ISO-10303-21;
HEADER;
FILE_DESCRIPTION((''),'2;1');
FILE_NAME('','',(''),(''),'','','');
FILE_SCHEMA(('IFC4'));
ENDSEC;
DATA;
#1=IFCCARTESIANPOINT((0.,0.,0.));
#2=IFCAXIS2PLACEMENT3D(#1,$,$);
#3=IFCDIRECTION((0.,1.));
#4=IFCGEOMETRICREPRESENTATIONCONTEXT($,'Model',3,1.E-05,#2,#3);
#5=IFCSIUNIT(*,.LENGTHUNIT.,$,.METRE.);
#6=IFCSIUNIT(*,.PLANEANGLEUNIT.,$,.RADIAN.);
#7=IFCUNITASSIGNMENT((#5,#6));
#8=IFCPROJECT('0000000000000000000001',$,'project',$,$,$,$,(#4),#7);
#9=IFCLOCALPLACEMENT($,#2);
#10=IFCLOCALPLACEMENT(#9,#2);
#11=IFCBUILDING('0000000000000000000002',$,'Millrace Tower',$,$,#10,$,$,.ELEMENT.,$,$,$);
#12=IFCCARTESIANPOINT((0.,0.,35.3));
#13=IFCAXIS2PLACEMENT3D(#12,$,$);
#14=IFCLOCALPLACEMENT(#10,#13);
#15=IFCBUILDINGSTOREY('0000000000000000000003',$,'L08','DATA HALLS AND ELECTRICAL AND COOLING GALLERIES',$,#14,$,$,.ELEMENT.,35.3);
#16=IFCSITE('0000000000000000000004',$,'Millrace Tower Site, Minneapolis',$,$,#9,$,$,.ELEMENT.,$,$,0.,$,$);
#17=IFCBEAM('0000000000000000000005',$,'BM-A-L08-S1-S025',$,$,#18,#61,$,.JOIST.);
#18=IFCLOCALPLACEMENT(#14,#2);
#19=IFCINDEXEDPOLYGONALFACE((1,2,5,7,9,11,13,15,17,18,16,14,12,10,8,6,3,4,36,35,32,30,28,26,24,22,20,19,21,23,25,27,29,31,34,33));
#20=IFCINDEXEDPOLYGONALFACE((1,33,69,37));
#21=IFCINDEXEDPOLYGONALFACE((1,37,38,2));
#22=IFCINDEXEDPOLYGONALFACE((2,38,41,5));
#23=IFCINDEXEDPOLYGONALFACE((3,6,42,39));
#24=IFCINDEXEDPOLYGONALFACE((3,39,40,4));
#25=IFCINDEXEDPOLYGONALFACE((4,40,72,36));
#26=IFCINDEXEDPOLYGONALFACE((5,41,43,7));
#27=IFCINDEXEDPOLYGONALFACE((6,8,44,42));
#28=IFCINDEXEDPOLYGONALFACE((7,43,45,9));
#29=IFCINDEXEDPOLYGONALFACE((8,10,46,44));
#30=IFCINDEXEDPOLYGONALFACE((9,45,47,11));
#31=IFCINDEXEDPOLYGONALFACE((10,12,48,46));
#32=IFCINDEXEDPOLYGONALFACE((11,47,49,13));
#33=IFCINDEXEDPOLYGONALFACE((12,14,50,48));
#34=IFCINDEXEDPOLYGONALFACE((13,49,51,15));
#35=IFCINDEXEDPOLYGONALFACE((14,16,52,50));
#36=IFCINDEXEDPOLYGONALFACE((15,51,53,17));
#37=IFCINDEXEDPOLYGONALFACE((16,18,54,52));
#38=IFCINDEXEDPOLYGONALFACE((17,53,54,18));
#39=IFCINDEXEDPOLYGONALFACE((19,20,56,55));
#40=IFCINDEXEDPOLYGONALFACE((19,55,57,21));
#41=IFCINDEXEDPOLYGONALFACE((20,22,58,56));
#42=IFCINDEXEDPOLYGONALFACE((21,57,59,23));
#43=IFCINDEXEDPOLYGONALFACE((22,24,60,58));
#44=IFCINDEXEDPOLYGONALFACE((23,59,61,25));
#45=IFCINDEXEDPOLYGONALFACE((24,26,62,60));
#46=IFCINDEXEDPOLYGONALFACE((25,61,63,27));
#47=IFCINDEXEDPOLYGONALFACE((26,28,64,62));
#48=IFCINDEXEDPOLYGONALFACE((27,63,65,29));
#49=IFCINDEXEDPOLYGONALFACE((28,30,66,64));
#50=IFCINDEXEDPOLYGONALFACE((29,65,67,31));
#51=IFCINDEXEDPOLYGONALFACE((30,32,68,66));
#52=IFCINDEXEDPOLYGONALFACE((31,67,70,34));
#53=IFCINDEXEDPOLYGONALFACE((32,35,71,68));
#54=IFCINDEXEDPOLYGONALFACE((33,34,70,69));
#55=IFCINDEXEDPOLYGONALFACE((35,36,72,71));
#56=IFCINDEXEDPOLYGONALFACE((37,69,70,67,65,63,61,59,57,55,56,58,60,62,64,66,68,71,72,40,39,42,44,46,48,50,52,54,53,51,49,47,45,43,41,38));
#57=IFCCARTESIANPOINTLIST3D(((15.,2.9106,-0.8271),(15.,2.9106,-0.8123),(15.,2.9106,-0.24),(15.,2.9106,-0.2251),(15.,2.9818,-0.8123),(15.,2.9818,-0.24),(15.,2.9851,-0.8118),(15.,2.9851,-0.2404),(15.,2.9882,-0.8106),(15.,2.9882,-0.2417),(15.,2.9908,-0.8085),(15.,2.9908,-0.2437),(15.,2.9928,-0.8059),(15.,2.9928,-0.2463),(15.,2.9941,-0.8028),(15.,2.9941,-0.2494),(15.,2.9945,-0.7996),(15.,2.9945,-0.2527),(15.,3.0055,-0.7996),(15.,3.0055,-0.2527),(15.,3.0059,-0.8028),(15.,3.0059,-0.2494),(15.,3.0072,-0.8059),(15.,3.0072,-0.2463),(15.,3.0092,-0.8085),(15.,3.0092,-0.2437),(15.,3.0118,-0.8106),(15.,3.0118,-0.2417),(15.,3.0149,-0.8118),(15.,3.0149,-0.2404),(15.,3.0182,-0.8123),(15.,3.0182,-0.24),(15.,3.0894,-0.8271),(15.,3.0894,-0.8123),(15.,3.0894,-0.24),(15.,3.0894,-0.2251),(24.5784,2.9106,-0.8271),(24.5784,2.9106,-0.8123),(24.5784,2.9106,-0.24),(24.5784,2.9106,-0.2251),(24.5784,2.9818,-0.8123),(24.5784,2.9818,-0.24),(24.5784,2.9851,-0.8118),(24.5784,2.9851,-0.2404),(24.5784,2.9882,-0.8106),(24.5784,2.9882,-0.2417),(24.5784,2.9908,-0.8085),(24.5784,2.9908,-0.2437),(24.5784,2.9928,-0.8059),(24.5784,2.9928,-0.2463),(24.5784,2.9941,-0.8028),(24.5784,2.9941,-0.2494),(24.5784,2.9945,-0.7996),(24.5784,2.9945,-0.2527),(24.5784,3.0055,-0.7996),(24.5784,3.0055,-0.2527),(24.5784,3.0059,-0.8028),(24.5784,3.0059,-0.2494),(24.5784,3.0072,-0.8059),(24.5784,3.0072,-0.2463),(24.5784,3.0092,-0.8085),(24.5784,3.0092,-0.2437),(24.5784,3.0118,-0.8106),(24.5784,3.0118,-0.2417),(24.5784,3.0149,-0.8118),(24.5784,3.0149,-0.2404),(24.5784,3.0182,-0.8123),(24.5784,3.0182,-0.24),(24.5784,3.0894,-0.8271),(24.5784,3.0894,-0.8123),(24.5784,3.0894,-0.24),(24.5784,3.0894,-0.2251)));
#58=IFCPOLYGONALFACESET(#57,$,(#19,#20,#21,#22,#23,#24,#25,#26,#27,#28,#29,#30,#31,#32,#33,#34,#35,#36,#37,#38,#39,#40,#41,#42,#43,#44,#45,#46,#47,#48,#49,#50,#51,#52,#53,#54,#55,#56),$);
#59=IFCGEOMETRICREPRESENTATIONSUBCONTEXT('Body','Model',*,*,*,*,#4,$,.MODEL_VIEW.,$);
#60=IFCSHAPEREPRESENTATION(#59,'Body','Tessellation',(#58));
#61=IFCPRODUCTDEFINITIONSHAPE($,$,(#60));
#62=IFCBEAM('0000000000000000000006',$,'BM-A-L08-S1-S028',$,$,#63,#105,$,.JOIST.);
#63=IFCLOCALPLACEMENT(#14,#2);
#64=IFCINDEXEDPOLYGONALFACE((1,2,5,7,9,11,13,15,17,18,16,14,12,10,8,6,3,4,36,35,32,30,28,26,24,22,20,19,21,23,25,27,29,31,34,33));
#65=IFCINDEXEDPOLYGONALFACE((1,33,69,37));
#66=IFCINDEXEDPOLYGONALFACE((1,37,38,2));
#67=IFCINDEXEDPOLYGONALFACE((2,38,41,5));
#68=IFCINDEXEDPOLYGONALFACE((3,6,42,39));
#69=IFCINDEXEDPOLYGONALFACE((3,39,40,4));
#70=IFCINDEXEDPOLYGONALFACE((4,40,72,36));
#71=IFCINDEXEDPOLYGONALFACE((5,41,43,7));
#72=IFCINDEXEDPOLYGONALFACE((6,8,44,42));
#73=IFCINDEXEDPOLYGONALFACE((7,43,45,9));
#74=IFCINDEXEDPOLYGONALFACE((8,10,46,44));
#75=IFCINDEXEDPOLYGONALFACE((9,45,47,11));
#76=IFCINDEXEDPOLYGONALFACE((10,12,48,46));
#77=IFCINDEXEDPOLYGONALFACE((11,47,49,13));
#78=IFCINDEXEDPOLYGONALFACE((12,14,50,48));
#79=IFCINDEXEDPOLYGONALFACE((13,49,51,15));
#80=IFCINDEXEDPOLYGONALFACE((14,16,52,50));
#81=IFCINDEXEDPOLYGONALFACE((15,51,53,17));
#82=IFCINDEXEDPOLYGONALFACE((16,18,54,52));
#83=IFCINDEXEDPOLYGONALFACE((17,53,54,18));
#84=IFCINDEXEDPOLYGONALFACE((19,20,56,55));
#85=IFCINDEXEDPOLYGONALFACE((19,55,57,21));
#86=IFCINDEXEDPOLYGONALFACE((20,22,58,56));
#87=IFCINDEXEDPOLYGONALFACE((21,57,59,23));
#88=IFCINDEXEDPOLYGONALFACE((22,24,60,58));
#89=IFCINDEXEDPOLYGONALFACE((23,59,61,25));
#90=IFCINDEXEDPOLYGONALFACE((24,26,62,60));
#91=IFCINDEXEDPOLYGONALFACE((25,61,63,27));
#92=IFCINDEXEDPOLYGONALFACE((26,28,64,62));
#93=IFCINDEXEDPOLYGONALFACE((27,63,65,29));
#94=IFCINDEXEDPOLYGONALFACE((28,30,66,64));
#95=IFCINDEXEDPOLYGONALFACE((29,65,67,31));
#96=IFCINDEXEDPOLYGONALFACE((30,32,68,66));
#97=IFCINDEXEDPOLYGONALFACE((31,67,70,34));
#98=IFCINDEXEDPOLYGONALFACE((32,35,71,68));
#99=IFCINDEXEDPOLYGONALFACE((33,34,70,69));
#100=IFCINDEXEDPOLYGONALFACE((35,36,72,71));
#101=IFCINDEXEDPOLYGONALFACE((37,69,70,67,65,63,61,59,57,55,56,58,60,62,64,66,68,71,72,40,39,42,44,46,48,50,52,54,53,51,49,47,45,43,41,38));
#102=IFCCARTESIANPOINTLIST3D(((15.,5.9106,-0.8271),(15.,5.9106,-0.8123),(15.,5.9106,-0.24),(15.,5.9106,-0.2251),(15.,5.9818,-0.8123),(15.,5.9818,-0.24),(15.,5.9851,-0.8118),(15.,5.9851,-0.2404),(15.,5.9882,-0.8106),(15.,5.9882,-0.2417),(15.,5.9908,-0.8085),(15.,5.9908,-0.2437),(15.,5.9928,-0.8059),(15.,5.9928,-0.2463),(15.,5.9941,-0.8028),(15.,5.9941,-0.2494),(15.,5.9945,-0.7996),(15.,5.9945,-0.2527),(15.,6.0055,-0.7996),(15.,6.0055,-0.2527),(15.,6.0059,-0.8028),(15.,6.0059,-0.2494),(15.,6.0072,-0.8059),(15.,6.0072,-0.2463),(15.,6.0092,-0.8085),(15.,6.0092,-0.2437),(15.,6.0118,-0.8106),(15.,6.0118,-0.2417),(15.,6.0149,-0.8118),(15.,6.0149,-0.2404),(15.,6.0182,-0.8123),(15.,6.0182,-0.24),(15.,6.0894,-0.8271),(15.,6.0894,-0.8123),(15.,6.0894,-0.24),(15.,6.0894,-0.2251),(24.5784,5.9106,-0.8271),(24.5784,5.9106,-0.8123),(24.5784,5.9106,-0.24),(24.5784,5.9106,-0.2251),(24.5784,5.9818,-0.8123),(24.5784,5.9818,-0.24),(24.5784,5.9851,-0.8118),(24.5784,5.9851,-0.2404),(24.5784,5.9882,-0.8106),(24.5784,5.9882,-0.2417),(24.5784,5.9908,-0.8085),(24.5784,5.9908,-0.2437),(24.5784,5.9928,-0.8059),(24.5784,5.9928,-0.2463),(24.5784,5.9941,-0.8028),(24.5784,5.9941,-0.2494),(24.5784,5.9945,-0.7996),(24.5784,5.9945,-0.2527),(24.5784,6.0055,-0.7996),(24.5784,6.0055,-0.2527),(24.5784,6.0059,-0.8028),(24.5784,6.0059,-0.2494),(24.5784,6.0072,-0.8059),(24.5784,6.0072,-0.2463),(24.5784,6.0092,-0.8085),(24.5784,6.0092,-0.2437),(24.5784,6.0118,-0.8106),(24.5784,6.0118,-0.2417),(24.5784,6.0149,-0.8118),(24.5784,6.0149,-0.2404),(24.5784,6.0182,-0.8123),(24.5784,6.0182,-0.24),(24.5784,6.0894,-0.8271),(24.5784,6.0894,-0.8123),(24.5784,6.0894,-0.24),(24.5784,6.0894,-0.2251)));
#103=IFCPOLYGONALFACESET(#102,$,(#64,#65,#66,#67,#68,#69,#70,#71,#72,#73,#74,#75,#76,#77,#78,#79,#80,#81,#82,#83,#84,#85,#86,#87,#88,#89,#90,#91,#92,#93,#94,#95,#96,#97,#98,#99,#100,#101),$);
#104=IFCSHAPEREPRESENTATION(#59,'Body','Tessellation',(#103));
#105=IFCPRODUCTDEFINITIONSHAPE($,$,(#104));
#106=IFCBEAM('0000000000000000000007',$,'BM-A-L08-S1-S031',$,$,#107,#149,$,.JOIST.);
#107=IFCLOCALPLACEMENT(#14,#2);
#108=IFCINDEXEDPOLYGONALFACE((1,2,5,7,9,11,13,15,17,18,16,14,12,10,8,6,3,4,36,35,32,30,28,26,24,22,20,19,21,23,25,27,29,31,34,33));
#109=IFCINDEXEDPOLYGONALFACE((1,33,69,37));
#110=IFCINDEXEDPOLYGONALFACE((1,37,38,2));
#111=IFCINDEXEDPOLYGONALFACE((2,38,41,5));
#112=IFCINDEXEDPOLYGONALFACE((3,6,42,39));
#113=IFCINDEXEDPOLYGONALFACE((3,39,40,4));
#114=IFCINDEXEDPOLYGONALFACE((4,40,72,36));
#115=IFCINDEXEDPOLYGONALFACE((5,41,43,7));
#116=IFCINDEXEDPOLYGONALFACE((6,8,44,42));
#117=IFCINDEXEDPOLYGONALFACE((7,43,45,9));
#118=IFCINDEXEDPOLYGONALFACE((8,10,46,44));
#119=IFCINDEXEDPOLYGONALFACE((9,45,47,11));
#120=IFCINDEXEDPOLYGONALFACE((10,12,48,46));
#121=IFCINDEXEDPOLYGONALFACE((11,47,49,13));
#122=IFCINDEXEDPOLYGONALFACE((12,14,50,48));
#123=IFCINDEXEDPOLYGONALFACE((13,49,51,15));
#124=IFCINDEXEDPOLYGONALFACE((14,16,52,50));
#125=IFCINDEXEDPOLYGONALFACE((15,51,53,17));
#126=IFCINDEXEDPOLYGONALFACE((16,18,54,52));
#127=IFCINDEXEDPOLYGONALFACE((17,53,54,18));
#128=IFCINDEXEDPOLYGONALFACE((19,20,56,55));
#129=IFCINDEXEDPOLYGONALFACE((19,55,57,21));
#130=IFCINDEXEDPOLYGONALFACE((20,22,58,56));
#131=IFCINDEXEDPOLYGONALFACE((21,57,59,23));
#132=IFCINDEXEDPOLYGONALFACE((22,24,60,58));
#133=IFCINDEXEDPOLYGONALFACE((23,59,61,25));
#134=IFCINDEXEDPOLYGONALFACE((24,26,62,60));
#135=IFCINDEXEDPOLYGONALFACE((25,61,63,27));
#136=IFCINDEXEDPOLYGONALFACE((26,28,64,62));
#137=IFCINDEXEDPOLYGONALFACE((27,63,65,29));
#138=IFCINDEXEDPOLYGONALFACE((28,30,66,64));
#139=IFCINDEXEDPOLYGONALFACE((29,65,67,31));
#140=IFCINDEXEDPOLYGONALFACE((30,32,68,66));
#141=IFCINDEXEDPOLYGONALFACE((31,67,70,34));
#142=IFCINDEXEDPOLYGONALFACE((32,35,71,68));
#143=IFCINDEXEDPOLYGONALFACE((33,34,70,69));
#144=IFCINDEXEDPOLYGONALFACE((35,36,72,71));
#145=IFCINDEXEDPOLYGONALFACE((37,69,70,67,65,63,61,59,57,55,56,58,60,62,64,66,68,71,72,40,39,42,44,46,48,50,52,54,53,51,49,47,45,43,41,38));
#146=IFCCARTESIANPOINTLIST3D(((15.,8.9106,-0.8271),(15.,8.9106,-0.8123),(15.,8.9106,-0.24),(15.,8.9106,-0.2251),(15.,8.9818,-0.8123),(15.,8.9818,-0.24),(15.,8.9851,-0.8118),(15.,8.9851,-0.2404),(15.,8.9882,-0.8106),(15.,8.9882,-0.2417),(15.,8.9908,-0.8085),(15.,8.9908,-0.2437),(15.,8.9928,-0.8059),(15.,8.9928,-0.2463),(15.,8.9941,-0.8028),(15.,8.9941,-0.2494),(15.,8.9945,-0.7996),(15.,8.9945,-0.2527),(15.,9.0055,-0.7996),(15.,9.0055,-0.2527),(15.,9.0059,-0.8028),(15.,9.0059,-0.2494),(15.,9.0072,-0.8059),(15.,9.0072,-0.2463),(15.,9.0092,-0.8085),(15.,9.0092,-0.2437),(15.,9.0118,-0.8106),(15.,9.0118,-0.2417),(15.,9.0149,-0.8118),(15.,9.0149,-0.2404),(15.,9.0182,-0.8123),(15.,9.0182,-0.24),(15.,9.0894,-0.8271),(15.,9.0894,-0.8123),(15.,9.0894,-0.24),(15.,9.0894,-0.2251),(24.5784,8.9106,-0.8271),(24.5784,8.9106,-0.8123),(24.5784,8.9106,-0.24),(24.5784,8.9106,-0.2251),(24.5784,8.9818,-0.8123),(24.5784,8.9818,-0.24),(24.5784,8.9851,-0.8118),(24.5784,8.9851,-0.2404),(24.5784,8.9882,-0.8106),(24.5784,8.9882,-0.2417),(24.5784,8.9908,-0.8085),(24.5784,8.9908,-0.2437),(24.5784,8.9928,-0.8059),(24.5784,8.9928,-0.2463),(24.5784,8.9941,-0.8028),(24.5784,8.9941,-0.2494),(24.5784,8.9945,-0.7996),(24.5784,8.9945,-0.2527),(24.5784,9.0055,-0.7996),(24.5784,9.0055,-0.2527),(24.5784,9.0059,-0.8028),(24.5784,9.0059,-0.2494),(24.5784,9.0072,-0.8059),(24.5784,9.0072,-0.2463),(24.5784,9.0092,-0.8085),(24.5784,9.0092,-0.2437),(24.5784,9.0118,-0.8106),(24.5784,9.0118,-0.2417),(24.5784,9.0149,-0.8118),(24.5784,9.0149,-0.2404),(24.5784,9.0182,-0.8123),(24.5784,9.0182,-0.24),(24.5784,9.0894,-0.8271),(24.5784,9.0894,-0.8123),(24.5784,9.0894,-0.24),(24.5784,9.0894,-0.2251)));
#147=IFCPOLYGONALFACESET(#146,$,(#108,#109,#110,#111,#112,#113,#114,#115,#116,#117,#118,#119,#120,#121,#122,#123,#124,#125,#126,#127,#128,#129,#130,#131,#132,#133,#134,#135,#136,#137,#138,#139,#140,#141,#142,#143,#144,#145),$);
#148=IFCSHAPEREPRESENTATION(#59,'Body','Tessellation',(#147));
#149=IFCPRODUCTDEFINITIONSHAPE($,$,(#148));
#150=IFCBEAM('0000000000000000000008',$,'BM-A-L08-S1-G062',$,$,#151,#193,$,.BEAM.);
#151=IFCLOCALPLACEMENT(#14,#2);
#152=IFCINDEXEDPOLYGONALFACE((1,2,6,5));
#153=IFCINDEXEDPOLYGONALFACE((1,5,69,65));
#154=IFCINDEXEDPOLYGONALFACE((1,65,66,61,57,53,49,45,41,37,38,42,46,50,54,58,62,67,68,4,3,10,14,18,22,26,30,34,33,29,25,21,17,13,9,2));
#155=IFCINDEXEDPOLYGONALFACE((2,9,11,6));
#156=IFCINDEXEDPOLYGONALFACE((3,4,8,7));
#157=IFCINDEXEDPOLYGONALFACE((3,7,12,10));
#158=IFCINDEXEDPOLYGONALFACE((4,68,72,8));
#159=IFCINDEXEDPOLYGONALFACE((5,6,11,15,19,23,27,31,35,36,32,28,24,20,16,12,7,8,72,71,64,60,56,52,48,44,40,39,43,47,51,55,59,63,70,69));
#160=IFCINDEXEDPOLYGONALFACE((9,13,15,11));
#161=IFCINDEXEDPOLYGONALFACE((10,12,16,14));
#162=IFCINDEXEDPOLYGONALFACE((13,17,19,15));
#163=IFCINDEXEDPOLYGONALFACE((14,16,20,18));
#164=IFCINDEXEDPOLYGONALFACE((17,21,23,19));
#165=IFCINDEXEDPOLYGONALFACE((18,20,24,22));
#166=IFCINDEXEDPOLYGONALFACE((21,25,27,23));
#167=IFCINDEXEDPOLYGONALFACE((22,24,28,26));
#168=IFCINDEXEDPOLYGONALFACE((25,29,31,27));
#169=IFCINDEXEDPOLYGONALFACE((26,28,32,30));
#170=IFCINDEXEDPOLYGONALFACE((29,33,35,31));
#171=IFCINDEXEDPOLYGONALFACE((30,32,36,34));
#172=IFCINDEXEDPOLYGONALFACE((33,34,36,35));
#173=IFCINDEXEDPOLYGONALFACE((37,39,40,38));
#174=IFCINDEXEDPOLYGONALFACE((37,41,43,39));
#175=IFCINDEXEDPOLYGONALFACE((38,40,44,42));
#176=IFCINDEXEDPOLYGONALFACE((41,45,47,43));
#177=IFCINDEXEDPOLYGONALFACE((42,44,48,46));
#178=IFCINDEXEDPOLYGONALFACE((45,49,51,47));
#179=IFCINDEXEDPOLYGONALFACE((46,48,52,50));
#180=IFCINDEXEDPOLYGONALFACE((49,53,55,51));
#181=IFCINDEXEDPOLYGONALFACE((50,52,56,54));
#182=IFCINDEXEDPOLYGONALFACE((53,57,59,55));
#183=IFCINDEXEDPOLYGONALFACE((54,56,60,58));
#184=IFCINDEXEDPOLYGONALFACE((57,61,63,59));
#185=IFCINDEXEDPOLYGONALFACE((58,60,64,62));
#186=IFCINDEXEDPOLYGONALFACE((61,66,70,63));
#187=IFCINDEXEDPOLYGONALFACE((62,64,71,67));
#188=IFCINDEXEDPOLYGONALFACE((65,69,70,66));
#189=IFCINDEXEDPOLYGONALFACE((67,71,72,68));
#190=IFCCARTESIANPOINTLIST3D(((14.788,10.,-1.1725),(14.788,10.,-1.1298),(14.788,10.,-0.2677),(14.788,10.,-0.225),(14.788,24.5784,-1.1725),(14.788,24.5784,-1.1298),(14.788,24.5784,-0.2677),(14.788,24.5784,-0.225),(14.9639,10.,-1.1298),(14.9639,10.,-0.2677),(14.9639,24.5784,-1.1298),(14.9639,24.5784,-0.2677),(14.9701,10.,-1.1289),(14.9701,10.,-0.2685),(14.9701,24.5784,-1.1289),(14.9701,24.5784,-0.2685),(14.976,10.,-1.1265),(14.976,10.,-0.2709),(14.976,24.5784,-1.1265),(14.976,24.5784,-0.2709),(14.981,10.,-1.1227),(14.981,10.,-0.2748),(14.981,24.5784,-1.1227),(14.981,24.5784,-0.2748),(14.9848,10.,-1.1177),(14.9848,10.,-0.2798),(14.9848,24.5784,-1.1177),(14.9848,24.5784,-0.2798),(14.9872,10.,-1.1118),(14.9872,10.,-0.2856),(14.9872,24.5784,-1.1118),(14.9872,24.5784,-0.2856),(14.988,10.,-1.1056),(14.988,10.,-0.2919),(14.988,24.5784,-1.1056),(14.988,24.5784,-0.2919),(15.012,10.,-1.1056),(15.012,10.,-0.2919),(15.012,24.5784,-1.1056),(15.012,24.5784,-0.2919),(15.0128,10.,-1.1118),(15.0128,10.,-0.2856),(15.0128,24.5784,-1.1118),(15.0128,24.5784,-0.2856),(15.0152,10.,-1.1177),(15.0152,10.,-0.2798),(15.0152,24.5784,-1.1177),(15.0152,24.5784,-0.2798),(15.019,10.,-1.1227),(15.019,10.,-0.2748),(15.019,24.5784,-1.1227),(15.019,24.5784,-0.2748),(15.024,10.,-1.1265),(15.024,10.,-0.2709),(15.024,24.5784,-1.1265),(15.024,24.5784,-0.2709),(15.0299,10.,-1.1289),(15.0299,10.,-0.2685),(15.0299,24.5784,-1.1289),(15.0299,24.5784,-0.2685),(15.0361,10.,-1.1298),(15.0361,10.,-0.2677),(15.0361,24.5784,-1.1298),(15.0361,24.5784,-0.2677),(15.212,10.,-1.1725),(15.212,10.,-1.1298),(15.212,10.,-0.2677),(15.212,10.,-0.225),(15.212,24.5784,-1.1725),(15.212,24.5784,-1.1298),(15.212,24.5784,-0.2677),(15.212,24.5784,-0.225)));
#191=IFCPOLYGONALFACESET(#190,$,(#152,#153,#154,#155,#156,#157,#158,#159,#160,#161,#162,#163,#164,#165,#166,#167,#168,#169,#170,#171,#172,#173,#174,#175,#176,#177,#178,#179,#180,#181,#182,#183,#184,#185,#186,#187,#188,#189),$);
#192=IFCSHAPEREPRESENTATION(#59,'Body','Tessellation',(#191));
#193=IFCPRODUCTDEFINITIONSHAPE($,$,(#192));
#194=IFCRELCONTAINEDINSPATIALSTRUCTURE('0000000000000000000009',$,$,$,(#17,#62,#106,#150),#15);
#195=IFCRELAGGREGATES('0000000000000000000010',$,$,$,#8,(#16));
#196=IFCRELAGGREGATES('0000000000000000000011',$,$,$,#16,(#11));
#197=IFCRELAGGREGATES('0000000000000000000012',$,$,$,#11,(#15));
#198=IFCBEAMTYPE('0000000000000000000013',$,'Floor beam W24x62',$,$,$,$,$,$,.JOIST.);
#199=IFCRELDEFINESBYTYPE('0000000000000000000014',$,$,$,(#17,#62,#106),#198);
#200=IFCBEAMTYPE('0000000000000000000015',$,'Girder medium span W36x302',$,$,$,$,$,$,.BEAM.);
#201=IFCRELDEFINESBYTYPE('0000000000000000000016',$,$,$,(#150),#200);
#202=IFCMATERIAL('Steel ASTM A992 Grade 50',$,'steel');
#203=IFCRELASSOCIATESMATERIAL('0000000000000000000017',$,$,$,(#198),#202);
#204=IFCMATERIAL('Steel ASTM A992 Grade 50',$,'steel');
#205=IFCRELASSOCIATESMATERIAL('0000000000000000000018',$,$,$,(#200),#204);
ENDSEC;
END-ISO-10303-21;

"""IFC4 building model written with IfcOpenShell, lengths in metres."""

from ifc_helpers import new_model, si_unit, direction, frame, origin, origin_2d, place, context, subcontext, project, spatial, i_section, extrude, material, material_profile, profile_set, type_object, element, save


model = new_model("IFC4")

# Units and contexts
model_context = context("Model", 3, precision=1e-05, world=origin(), true_north=direction((0.0, 1.0)))
body_context = subcontext(model_context, "Body", "Model", "MODEL_VIEW")
ifc_project = project(units=[si_unit("LENGTHUNIT", "METRE"), si_unit("PLANEANGLEUNIT", "RADIAN")], contexts=[model_context])

# Site, building, storey
site_placement = place(None, origin())
site = spatial("IfcSite", under=ifc_project, at=site_placement, Name="Millrace Tower Site, Minneapolis", CompositionType="ELEMENT", RefElevation=0.0)
building_placement = place(site_placement, origin())
building = spatial("IfcBuilding", under=site, at=building_placement, Name="Millrace Tower", CompositionType="ELEMENT")
storey_placement = place(building_placement, frame((0.0, 0.0, 35.3)))
storey = spatial("IfcBuildingStorey", under=building, at=storey_placement, Name="L08", Description="DATA HALLS AND ELECTRICAL AND COOLING GALLERIES", CompositionType="ELEMENT", Elevation=35.3)

# Beams
ifc_material_1 = material(Name="Steel ASTM A992 Grade 50", Category="steel")
ifc_material_profile_1 = material_profile(ifc_material_1, i_section(OverallWidth=0.1787, OverallDepth=0.6021, WebThickness=0.011, FlangeThickness=0.0149, FilletRadius=0.0127, at=origin_2d()))
ifc_profile_set_1 = profile_set([ifc_material_profile_1], Name="Steel ASTM A992 Grade 50")
beam_type_1 = type_object("IfcBeamType", Name="Floor beam W24x62", PredefinedType="JOIST", material=ifc_profile_set_1)
for number, where, z_axis, x_axis, name in (
    (1, (15.0, 3.0, -0.5261), (1.0, 0.0, 0.0), (0.0, 1.0, 0.0), "BM-A-L08-S1-S025"),
    (2, (15.0, 6.0, -0.5261), (1.0, 0.0, 0.0), (0.0, 1.0, 0.0), "BM-A-L08-S1-S028"),
    (3, (15.0, 9.0, -0.5261), (1.0, 0.0, 0.0), (0.0, 1.0, 0.0), "BM-A-L08-S1-S031"),
):
    element("IfcBeam", number, at=place(storey_placement, frame(where, z_axis=z_axis, x_axis=x_axis)), inside=storey, type_object=beam_type_1, Name=name, PredefinedType="JOIST", context=body_context, shape_type="SweptSolid", body=[
        extrude(i_section(OverallWidth=0.1787, OverallDepth=0.6021, WebThickness=0.011, FlangeThickness=0.0149, FilletRadius=0.0127, at=origin_2d()), origin(), (0.0, 0.0, 1.0), 9.5784),
    ])
ifc_material_2 = material(Name="Steel ASTM A992 Grade 50", Category="steel")
ifc_material_profile_2 = material_profile(ifc_material_2, i_section(OverallWidth=0.4241, OverallDepth=0.9475, WebThickness=0.0239, FlangeThickness=0.0427, FilletRadius=0.0242, at=origin_2d()))
ifc_profile_set_2 = profile_set([ifc_material_profile_2], Name="Steel ASTM A992 Grade 50")
beam_type_2 = type_object("IfcBeamType", Name="Girder medium span W36x302", PredefinedType="BEAM", material=ifc_profile_set_2)
beam_1_placement = place(storey_placement, frame((15.0, 10.0, -0.6987), z_axis=(0.0, 1.0, 0.0), x_axis=(-1.0, 0.0, 0.0)))
element("IfcBeam", 4, at=beam_1_placement, inside=storey, type_object=beam_type_2, Name="BM-A-L08-S1-G062", PredefinedType="BEAM", context=body_context, shape_type="SweptSolid", body=[
    extrude(i_section(OverallWidth=0.4241, OverallDepth=0.9475, WebThickness=0.0239, FlangeThickness=0.0427, FilletRadius=0.0242, at=origin_2d()), origin(), (0.0, 0.0, 1.0), 14.5784),
])

save(model, "model.ifc")
